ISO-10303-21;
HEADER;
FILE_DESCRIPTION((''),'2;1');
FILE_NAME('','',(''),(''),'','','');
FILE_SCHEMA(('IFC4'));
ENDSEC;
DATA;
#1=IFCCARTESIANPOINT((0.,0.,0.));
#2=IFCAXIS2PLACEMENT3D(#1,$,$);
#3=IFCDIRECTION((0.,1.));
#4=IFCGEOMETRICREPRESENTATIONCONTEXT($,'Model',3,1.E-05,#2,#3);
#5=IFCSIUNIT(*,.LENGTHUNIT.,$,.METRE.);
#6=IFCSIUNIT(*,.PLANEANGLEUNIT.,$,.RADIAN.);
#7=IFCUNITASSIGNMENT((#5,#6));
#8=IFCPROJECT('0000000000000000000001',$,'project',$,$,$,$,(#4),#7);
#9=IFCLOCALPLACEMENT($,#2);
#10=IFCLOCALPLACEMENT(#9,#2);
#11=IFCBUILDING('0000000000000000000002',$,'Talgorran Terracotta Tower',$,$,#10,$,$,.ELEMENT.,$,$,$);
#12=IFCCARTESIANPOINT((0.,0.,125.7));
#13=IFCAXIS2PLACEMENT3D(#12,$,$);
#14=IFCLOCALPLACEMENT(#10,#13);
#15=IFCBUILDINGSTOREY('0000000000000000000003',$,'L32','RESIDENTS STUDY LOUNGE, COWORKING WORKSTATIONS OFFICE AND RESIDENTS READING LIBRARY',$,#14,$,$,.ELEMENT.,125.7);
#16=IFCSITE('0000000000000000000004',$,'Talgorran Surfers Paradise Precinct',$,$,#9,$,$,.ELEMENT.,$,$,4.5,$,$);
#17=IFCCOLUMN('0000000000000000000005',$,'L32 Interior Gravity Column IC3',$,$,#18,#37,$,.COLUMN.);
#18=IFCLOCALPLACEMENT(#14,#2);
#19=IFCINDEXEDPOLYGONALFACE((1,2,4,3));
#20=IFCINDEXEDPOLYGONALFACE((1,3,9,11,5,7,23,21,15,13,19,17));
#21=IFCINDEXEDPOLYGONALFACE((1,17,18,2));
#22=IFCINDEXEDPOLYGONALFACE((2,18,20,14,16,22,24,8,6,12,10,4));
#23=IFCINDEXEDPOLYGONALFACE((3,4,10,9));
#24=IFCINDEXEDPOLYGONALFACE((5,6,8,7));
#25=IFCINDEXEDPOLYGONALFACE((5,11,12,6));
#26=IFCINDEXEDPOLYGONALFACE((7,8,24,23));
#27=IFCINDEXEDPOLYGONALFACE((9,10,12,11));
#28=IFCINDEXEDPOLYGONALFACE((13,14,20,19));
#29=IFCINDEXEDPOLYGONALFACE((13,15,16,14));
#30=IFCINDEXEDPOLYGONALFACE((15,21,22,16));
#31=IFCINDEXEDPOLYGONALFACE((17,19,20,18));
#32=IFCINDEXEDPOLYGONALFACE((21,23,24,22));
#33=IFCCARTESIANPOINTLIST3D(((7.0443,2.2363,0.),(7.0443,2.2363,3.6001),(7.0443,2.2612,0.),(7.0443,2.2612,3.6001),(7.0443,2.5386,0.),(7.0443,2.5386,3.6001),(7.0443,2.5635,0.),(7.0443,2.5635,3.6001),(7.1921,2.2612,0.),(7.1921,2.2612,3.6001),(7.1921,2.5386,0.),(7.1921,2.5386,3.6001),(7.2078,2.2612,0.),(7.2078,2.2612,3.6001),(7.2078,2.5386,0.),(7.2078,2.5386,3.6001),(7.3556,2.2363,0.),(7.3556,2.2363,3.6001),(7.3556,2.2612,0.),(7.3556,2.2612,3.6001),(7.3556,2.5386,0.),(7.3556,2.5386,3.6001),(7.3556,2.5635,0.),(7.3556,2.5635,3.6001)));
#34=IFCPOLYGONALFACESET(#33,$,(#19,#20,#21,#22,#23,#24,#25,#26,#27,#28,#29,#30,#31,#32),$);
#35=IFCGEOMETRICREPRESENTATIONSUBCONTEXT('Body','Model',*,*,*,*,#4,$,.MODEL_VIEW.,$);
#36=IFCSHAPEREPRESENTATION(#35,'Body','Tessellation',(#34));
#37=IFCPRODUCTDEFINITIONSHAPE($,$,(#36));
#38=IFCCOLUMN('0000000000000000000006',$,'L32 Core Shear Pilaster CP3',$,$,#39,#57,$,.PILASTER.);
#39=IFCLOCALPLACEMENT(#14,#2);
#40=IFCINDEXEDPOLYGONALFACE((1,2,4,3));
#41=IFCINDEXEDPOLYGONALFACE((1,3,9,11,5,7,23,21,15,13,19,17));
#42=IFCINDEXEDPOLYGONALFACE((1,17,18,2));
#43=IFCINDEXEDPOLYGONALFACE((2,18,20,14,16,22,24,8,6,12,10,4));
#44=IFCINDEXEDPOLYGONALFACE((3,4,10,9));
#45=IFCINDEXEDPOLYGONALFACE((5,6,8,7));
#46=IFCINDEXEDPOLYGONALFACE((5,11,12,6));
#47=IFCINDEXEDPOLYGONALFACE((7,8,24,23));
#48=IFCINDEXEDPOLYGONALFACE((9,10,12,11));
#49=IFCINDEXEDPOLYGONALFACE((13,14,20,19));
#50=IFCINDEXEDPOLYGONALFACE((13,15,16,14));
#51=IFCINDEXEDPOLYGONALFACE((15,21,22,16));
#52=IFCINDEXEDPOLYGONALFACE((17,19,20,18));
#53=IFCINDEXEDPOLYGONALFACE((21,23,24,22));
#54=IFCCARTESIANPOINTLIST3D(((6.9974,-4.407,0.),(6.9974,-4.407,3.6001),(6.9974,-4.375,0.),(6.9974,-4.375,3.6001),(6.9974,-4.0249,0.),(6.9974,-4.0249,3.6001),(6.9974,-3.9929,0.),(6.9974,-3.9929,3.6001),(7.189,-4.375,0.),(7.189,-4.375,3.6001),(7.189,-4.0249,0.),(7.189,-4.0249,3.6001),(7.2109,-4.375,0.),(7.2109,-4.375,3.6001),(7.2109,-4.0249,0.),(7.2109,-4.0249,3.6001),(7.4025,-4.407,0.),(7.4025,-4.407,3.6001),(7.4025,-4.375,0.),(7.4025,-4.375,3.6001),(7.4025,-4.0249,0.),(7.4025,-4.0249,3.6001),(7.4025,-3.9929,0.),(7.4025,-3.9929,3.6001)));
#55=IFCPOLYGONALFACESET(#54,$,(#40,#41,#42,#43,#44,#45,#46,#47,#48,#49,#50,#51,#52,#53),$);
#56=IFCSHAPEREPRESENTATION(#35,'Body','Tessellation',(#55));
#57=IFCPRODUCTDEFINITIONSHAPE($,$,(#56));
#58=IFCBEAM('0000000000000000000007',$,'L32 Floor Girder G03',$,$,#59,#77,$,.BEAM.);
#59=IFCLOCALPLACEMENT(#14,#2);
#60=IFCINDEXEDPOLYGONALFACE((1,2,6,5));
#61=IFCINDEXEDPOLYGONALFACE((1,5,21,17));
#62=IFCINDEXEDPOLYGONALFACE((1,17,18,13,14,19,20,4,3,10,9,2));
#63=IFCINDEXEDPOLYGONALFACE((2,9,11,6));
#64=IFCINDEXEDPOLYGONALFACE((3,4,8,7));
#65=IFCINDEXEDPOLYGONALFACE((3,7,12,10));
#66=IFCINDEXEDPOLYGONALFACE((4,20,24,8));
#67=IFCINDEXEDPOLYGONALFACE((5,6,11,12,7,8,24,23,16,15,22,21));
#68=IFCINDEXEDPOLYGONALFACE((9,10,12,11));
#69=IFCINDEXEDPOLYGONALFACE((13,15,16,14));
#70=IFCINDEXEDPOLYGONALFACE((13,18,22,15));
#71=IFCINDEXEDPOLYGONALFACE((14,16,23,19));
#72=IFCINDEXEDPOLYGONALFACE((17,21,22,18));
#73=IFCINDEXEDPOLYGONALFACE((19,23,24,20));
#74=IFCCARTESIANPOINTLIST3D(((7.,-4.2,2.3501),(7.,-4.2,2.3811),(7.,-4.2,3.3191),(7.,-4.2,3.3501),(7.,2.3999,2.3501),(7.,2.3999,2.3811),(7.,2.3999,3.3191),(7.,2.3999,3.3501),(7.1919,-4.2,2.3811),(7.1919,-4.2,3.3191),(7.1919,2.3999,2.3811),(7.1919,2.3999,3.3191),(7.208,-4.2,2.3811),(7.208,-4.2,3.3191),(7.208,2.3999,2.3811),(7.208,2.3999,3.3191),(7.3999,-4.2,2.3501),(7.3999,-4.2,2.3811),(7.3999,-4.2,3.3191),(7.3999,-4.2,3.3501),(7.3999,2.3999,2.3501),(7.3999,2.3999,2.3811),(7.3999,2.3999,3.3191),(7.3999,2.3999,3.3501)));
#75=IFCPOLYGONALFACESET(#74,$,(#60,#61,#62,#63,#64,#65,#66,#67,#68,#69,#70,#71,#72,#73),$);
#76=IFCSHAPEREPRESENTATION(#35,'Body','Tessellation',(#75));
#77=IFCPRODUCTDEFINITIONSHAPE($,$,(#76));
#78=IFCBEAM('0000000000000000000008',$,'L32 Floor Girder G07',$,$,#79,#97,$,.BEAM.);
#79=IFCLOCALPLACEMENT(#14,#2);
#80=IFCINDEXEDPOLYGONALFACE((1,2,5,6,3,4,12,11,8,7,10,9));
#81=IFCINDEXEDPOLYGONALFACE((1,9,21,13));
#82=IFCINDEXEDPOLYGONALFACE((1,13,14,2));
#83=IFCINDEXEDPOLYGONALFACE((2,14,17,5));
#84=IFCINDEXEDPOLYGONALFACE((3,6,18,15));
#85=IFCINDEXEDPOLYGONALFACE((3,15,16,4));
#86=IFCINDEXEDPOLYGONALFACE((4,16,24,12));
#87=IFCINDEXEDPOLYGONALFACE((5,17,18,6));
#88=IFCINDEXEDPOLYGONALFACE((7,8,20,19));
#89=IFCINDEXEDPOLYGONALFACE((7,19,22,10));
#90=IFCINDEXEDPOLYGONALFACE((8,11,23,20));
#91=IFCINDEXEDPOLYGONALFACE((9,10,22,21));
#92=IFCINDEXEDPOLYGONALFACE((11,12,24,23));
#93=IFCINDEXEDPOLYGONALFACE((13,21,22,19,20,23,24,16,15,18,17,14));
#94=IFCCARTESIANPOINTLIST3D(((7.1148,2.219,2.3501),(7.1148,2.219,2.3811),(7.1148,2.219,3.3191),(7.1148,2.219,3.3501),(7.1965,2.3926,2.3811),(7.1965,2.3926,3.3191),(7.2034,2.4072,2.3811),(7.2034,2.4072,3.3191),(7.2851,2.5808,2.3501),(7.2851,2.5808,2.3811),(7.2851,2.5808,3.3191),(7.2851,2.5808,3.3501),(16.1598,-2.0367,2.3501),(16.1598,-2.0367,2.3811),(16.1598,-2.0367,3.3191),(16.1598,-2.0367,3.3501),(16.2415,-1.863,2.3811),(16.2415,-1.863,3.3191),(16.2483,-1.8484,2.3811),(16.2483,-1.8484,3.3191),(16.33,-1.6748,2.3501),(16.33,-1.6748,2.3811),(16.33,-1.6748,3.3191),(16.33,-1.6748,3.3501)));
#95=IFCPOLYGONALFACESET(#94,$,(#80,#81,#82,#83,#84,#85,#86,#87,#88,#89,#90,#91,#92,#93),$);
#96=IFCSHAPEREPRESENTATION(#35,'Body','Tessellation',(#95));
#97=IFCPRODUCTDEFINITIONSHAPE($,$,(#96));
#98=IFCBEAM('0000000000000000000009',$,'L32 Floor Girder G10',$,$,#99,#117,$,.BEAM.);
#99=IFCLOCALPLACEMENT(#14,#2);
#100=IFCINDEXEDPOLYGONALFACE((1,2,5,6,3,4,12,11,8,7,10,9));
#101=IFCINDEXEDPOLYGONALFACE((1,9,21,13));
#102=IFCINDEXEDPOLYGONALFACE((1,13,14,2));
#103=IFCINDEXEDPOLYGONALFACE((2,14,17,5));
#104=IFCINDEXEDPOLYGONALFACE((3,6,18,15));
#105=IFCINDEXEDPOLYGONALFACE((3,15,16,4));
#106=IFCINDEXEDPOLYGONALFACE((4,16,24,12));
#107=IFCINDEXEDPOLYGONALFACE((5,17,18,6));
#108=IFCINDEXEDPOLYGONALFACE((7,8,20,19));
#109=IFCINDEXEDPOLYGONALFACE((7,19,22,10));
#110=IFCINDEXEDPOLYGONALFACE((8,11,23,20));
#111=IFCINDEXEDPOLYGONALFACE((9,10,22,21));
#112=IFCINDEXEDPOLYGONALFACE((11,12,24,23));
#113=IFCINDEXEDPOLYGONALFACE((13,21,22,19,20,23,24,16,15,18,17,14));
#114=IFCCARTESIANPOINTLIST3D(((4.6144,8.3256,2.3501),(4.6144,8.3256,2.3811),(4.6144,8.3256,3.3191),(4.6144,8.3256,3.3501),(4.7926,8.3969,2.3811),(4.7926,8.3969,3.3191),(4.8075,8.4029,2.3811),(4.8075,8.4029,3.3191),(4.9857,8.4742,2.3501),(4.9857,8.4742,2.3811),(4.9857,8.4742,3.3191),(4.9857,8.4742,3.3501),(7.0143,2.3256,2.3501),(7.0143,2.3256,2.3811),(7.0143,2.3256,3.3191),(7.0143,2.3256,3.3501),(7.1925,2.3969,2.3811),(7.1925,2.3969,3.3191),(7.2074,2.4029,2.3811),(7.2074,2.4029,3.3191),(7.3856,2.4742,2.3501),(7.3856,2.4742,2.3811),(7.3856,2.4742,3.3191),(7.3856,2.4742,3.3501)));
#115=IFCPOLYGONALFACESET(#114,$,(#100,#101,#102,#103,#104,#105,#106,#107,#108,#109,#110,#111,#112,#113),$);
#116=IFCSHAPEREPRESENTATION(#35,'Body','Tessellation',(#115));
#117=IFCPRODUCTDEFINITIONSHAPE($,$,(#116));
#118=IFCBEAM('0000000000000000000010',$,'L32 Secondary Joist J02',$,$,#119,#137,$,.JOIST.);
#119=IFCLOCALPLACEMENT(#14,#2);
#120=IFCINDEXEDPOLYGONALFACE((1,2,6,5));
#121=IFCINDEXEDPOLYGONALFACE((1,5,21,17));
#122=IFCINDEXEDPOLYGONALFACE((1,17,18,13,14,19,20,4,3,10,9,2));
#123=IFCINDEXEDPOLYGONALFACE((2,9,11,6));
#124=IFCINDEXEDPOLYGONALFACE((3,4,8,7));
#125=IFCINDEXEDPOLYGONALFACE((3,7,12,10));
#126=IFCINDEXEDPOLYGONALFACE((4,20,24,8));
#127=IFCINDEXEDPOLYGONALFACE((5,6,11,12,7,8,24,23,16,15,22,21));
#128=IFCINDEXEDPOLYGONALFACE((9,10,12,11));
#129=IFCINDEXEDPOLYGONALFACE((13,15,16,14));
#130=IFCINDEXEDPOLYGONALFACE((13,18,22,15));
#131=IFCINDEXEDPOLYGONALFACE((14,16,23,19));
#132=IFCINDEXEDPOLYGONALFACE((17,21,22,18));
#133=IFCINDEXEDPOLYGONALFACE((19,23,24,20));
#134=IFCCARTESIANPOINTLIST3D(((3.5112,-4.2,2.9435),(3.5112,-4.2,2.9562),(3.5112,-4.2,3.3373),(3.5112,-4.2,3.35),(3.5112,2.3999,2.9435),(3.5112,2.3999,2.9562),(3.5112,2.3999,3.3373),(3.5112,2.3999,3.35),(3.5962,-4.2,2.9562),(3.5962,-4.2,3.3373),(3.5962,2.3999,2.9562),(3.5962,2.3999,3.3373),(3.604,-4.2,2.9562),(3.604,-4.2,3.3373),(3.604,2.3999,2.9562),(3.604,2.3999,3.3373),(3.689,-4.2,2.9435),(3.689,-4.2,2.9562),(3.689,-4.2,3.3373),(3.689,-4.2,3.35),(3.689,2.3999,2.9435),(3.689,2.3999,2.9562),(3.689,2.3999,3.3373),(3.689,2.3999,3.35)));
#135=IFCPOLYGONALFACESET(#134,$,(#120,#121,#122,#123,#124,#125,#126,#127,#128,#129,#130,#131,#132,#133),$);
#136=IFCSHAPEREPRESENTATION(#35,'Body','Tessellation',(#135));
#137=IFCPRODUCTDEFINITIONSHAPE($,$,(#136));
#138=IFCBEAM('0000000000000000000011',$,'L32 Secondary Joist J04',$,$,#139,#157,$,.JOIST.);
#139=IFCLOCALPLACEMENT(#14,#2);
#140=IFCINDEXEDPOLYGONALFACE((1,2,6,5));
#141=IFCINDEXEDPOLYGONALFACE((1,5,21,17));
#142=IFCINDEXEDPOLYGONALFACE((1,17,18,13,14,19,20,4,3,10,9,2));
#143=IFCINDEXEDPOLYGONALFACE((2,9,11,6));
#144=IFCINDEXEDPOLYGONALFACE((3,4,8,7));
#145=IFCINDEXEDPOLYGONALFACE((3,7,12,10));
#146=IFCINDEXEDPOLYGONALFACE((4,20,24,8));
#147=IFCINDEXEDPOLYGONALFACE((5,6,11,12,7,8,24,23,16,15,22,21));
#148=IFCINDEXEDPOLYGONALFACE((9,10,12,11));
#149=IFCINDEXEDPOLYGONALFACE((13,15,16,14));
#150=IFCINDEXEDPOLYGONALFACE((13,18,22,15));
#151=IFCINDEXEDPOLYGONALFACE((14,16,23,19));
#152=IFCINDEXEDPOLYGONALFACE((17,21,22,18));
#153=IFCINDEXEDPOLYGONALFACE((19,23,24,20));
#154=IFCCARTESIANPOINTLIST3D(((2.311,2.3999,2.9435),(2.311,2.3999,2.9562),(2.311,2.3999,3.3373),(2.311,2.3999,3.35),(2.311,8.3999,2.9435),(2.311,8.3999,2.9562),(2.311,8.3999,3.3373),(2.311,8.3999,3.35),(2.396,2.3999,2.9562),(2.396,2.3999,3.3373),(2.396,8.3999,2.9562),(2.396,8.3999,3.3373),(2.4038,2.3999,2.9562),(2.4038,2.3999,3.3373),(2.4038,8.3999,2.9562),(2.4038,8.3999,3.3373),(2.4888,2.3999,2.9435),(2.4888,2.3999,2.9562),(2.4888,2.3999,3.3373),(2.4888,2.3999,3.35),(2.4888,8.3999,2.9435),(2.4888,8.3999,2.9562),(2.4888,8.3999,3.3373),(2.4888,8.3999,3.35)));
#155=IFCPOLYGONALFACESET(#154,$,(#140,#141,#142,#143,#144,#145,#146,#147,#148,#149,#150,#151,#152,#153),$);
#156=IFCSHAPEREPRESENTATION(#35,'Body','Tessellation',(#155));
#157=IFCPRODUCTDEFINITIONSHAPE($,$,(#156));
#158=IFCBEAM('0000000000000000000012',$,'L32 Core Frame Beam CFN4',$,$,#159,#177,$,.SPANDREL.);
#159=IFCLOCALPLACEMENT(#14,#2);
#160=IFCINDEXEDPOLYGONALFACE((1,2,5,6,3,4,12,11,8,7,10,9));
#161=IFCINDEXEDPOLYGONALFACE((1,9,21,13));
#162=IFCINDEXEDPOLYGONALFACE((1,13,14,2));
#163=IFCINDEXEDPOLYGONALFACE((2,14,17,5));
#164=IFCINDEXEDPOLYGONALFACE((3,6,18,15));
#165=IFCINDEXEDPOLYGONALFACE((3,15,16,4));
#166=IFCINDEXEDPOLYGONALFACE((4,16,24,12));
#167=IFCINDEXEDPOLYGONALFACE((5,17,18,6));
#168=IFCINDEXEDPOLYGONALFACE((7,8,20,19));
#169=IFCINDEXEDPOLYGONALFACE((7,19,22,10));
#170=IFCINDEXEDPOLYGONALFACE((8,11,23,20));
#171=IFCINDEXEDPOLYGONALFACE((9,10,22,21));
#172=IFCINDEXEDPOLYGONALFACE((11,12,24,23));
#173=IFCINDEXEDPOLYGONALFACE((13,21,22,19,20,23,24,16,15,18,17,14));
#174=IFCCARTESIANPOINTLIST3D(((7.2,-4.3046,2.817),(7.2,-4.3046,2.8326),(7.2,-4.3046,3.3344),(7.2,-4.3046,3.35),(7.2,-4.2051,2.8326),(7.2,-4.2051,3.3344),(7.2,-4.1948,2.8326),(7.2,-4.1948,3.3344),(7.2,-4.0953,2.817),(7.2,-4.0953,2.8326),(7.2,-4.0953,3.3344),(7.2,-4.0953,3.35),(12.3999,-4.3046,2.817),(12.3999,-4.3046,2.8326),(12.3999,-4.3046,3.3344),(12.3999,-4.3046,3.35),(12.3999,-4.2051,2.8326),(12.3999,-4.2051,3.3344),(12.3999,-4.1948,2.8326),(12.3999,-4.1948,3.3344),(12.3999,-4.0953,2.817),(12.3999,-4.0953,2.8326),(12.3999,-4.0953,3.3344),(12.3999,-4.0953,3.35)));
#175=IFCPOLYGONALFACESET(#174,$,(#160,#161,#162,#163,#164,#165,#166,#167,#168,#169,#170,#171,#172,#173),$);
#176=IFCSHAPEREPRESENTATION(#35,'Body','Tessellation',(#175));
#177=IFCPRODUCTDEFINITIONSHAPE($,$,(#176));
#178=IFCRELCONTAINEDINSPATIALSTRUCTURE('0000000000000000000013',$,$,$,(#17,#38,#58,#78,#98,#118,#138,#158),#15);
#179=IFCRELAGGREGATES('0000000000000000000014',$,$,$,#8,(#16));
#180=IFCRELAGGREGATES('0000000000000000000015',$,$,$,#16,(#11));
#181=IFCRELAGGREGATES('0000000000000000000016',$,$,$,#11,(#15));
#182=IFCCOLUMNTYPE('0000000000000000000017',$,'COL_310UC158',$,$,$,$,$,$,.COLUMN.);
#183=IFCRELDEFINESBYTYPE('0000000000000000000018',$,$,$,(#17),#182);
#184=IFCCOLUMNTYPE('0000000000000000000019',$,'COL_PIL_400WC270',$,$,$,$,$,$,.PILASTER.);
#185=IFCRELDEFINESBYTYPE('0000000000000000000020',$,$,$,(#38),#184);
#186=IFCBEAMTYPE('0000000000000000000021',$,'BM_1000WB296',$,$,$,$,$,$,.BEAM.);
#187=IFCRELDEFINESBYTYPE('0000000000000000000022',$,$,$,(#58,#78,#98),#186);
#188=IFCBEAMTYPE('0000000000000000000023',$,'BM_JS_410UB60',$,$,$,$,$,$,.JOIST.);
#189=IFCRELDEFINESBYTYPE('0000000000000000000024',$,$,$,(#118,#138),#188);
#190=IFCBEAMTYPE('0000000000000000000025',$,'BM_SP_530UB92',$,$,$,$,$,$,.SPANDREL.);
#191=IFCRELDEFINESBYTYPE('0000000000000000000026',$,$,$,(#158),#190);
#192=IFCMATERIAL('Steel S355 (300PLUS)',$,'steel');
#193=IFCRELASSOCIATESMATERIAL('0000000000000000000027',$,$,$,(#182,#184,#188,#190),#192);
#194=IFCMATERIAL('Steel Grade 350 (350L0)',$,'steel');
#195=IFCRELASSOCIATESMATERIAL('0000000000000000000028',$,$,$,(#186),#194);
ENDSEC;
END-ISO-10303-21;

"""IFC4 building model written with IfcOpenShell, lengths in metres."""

from ifc_helpers import new_model, si_unit, direction, frame, origin, origin_2d, place, context, subcontext, project, spatial, i_section, extrude, material, material_profile, profile_set, type_object, element, save


model = new_model("IFC4")

# Units and contexts
model_context = context("Model", 3, precision=1e-05, world=origin(), true_north=direction((0.0, 1.0)))
body_context = subcontext(model_context, "Body", "Model", "MODEL_VIEW")
ifc_project = project(units=[si_unit("LENGTHUNIT", "METRE"), si_unit("PLANEANGLEUNIT", "RADIAN")], contexts=[model_context])

# Site, building, storey
site_placement = place(None, origin())
site = spatial("IfcSite", under=ifc_project, at=site_placement, Name="Talgorran Surfers Paradise Precinct", CompositionType="ELEMENT", RefElevation=4.5)
building_placement = place(site_placement, origin())
building = spatial("IfcBuilding", under=site, at=building_placement, Name="Talgorran Terracotta Tower", CompositionType="ELEMENT")
storey_placement = place(building_placement, frame((0.0, 0.0, 125.7)))
storey = spatial("IfcBuildingStorey", under=building, at=storey_placement, Name="L32", Description="RESIDENTS STUDY LOUNGE, COWORKING WORKSTATIONS OFFICE AND RESIDENTS READING LIBRARY", CompositionType="ELEMENT", Elevation=125.7)

# Columns
ifc_material_1 = material(Name="Steel S355 (300PLUS)", Category="steel")
ifc_material_profile_1 = material_profile(ifc_material_1, i_section(OverallWidth=0.3113, OverallDepth=0.3271, WebThickness=0.0156, FlangeThickness=0.0249, at=origin_2d()), Name="310UC158")
ifc_profile_set_1 = profile_set([ifc_material_profile_1], Name="Steel S355 (300PLUS)")
column_type_1 = type_object("IfcColumnType", Name="COL_310UC158", PredefinedType="COLUMN", material=ifc_profile_set_1)
column_1_placement = place(storey_placement, frame((7.2, 2.3999, 0.0), z_axis=(0.0, 0.0, 1.0), x_axis=(1.0, 0.0, 0.0)))
element("IfcColumn", 1, at=column_1_placement, inside=storey, type_object=column_type_1, Name="L32 Interior Gravity Column IC3", PredefinedType="COLUMN", context=body_context, shape_type="SweptSolid", body=[
    extrude(i_section(OverallWidth=0.3113, OverallDepth=0.3271, WebThickness=0.0156, FlangeThickness=0.0249, at=origin_2d()), origin(), (0.0, 0.0, 1.0), 3.6001),
])
ifc_material_profile_2 = material_profile(ifc_material_1, i_section(OverallWidth=0.405, OverallDepth=0.4141, WebThickness=0.022, FlangeThickness=0.032, at=origin_2d()), Name="400WC270")
ifc_profile_set_2 = profile_set([ifc_material_profile_2], Name="Steel S355 (300PLUS)")
column_type_2 = type_object("IfcColumnType", Name="COL_PIL_400WC270", PredefinedType="PILASTER", material=ifc_profile_set_2)
column_2_placement = place(storey_placement, frame((7.2, -4.2, 0.0), z_axis=(0.0, 0.0, 1.0), x_axis=(1.0, 0.0, 0.0)))
element("IfcColumn", 2, at=column_2_placement, inside=storey, type_object=column_type_2, Name="L32 Core Shear Pilaster CP3", PredefinedType="PILASTER", context=body_context, shape_type="SweptSolid", body=[
    extrude(i_section(OverallWidth=0.405, OverallDepth=0.4141, WebThickness=0.022, FlangeThickness=0.032, at=origin_2d()), origin(), (0.0, 0.0, 1.0), 3.6001),
])

# Beams
ifc_material_2 = material(Name="Steel Grade 350 (350L0)", Category="steel")
ifc_material_profile_3 = material_profile(ifc_material_2, i_section(OverallWidth=0.3999, OverallDepth=1.0, WebThickness=0.0161, FlangeThickness=0.031, at=origin_2d()), Name="1000WB296")
ifc_profile_set_3 = profile_set([ifc_material_profile_3], Name="Steel Grade 350 (350L0)")
beam_type_1 = type_object("IfcBeamType", Name="BM_1000WB296", PredefinedType="BEAM", material=ifc_profile_set_3)
beam_1_placement = place(storey_placement, frame((7.2, -4.2, 2.8501), z_axis=(0.0, 1.0, 0.0), x_axis=(-1.0, 0.0, 0.0)))
element("IfcBeam", 3, at=beam_1_placement, inside=storey, type_object=beam_type_1, Name="L32 Floor Girder G03", PredefinedType="BEAM", context=body_context, shape_type="SweptSolid", body=[
    extrude(i_section(OverallWidth=0.3999, OverallDepth=1.0, WebThickness=0.0161, FlangeThickness=0.031, at=origin_2d()), origin(), (0.0, 0.0, 1.0), 6.5999),
])
beam_2_placement = place(storey_placement, frame((7.2, 2.3999, 2.8501), z_axis=(0.90485, -0.42573, 0.0), x_axis=(0.42573, 0.90485, 0.0)))
element("IfcBeam", 4, at=beam_2_placement, inside=storey, type_object=beam_type_1, Name="L32 Floor Girder G07", PredefinedType="BEAM", context=body_context, shape_type="SweptSolid", body=[
    extrude(i_section(OverallWidth=0.3999, OverallDepth=1.0, WebThickness=0.0161, FlangeThickness=0.031, at=origin_2d()), origin(), (0.0, 0.0, 1.0), 9.9961),
])
beam_3_placement = place(storey_placement, frame((7.2, 2.3999, 2.8501), z_axis=(-0.371378, 0.928482, 0.0), x_axis=(-0.928482, -0.371378, 0.0)))
element("IfcBeam", 5, at=beam_3_placement, inside=storey, type_object=beam_type_1, Name="L32 Floor Girder G10", PredefinedType="BEAM", context=body_context, shape_type="SweptSolid", body=[
    extrude(i_section(OverallWidth=0.3999, OverallDepth=1.0, WebThickness=0.0161, FlangeThickness=0.031, at=origin_2d()), origin(), (0.0, 0.0, 1.0), 6.4622),
])
ifc_material_profile_4 = material_profile(ifc_material_1, i_section(OverallWidth=0.1777, OverallDepth=0.4065, WebThickness=0.0078, FlangeThickness=0.0127, at=origin_2d()), Name="410UB59.7")
ifc_profile_set_4 = profile_set([ifc_material_profile_4], Name="Steel S355 (300PLUS)")
beam_type_2 = type_object("IfcBeamType", Name="BM_JS_410UB60", PredefinedType="JOIST", material=ifc_profile_set_4)
beam_4_placement = place(storey_placement, frame((3.6001, -4.2, 3.1467), z_axis=(0.0, 1.0, 0.0), x_axis=(-1.0, 0.0, 0.0)))
element("IfcBeam", 6, at=beam_4_placement, inside=storey, type_object=beam_type_2, Name="L32 Secondary Joist J02", PredefinedType="JOIST", context=body_context, shape_type="SweptSolid", body=[
    extrude(i_section(OverallWidth=0.1777, OverallDepth=0.4065, WebThickness=0.0078, FlangeThickness=0.0127, at=origin_2d()), origin(), (0.0, 0.0, 1.0), 6.5999),
])
beam_5_placement = place(storey_placement, frame((2.3999, 2.3999, 3.1467), z_axis=(0.0, 1.0, 0.0), x_axis=(-1.0, 0.0, 0.0)))
element("IfcBeam", 7, at=beam_5_placement, inside=storey, type_object=beam_type_2, Name="L32 Secondary Joist J04", PredefinedType="JOIST", context=body_context, shape_type="SweptSolid", body=[
    extrude(i_section(OverallWidth=0.1777, OverallDepth=0.4065, WebThickness=0.0078, FlangeThickness=0.0127, at=origin_2d()), origin(), (0.0, 0.0, 1.0), 6.0),
])
ifc_material_profile_5 = material_profile(ifc_material_1, i_section(OverallWidth=0.2092, OverallDepth=0.533, WebThickness=0.0103, FlangeThickness=0.0156, at=origin_2d()), Name="530UB92.4")
ifc_profile_set_5 = profile_set([ifc_material_profile_5], Name="Steel S355 (300PLUS)")
beam_type_3 = type_object("IfcBeamType", Name="BM_SP_530UB92", PredefinedType="SPANDREL", material=ifc_profile_set_5)
beam_6_placement = place(storey_placement, frame((7.2, -4.2, 3.0835), z_axis=(1.0, 0.0, 0.0), x_axis=(0.0, 1.0, 0.0)))
element("IfcBeam", 8, at=beam_6_placement, inside=storey, type_object=beam_type_3, Name="L32 Core Frame Beam CFN4", PredefinedType="SPANDREL", context=body_context, shape_type="SweptSolid", body=[
    extrude(i_section(OverallWidth=0.2092, OverallDepth=0.533, WebThickness=0.0103, FlangeThickness=0.0156, at=origin_2d()), origin(), (0.0, 0.0, 1.0), 5.2),
])

save(model, "model.ifc")
